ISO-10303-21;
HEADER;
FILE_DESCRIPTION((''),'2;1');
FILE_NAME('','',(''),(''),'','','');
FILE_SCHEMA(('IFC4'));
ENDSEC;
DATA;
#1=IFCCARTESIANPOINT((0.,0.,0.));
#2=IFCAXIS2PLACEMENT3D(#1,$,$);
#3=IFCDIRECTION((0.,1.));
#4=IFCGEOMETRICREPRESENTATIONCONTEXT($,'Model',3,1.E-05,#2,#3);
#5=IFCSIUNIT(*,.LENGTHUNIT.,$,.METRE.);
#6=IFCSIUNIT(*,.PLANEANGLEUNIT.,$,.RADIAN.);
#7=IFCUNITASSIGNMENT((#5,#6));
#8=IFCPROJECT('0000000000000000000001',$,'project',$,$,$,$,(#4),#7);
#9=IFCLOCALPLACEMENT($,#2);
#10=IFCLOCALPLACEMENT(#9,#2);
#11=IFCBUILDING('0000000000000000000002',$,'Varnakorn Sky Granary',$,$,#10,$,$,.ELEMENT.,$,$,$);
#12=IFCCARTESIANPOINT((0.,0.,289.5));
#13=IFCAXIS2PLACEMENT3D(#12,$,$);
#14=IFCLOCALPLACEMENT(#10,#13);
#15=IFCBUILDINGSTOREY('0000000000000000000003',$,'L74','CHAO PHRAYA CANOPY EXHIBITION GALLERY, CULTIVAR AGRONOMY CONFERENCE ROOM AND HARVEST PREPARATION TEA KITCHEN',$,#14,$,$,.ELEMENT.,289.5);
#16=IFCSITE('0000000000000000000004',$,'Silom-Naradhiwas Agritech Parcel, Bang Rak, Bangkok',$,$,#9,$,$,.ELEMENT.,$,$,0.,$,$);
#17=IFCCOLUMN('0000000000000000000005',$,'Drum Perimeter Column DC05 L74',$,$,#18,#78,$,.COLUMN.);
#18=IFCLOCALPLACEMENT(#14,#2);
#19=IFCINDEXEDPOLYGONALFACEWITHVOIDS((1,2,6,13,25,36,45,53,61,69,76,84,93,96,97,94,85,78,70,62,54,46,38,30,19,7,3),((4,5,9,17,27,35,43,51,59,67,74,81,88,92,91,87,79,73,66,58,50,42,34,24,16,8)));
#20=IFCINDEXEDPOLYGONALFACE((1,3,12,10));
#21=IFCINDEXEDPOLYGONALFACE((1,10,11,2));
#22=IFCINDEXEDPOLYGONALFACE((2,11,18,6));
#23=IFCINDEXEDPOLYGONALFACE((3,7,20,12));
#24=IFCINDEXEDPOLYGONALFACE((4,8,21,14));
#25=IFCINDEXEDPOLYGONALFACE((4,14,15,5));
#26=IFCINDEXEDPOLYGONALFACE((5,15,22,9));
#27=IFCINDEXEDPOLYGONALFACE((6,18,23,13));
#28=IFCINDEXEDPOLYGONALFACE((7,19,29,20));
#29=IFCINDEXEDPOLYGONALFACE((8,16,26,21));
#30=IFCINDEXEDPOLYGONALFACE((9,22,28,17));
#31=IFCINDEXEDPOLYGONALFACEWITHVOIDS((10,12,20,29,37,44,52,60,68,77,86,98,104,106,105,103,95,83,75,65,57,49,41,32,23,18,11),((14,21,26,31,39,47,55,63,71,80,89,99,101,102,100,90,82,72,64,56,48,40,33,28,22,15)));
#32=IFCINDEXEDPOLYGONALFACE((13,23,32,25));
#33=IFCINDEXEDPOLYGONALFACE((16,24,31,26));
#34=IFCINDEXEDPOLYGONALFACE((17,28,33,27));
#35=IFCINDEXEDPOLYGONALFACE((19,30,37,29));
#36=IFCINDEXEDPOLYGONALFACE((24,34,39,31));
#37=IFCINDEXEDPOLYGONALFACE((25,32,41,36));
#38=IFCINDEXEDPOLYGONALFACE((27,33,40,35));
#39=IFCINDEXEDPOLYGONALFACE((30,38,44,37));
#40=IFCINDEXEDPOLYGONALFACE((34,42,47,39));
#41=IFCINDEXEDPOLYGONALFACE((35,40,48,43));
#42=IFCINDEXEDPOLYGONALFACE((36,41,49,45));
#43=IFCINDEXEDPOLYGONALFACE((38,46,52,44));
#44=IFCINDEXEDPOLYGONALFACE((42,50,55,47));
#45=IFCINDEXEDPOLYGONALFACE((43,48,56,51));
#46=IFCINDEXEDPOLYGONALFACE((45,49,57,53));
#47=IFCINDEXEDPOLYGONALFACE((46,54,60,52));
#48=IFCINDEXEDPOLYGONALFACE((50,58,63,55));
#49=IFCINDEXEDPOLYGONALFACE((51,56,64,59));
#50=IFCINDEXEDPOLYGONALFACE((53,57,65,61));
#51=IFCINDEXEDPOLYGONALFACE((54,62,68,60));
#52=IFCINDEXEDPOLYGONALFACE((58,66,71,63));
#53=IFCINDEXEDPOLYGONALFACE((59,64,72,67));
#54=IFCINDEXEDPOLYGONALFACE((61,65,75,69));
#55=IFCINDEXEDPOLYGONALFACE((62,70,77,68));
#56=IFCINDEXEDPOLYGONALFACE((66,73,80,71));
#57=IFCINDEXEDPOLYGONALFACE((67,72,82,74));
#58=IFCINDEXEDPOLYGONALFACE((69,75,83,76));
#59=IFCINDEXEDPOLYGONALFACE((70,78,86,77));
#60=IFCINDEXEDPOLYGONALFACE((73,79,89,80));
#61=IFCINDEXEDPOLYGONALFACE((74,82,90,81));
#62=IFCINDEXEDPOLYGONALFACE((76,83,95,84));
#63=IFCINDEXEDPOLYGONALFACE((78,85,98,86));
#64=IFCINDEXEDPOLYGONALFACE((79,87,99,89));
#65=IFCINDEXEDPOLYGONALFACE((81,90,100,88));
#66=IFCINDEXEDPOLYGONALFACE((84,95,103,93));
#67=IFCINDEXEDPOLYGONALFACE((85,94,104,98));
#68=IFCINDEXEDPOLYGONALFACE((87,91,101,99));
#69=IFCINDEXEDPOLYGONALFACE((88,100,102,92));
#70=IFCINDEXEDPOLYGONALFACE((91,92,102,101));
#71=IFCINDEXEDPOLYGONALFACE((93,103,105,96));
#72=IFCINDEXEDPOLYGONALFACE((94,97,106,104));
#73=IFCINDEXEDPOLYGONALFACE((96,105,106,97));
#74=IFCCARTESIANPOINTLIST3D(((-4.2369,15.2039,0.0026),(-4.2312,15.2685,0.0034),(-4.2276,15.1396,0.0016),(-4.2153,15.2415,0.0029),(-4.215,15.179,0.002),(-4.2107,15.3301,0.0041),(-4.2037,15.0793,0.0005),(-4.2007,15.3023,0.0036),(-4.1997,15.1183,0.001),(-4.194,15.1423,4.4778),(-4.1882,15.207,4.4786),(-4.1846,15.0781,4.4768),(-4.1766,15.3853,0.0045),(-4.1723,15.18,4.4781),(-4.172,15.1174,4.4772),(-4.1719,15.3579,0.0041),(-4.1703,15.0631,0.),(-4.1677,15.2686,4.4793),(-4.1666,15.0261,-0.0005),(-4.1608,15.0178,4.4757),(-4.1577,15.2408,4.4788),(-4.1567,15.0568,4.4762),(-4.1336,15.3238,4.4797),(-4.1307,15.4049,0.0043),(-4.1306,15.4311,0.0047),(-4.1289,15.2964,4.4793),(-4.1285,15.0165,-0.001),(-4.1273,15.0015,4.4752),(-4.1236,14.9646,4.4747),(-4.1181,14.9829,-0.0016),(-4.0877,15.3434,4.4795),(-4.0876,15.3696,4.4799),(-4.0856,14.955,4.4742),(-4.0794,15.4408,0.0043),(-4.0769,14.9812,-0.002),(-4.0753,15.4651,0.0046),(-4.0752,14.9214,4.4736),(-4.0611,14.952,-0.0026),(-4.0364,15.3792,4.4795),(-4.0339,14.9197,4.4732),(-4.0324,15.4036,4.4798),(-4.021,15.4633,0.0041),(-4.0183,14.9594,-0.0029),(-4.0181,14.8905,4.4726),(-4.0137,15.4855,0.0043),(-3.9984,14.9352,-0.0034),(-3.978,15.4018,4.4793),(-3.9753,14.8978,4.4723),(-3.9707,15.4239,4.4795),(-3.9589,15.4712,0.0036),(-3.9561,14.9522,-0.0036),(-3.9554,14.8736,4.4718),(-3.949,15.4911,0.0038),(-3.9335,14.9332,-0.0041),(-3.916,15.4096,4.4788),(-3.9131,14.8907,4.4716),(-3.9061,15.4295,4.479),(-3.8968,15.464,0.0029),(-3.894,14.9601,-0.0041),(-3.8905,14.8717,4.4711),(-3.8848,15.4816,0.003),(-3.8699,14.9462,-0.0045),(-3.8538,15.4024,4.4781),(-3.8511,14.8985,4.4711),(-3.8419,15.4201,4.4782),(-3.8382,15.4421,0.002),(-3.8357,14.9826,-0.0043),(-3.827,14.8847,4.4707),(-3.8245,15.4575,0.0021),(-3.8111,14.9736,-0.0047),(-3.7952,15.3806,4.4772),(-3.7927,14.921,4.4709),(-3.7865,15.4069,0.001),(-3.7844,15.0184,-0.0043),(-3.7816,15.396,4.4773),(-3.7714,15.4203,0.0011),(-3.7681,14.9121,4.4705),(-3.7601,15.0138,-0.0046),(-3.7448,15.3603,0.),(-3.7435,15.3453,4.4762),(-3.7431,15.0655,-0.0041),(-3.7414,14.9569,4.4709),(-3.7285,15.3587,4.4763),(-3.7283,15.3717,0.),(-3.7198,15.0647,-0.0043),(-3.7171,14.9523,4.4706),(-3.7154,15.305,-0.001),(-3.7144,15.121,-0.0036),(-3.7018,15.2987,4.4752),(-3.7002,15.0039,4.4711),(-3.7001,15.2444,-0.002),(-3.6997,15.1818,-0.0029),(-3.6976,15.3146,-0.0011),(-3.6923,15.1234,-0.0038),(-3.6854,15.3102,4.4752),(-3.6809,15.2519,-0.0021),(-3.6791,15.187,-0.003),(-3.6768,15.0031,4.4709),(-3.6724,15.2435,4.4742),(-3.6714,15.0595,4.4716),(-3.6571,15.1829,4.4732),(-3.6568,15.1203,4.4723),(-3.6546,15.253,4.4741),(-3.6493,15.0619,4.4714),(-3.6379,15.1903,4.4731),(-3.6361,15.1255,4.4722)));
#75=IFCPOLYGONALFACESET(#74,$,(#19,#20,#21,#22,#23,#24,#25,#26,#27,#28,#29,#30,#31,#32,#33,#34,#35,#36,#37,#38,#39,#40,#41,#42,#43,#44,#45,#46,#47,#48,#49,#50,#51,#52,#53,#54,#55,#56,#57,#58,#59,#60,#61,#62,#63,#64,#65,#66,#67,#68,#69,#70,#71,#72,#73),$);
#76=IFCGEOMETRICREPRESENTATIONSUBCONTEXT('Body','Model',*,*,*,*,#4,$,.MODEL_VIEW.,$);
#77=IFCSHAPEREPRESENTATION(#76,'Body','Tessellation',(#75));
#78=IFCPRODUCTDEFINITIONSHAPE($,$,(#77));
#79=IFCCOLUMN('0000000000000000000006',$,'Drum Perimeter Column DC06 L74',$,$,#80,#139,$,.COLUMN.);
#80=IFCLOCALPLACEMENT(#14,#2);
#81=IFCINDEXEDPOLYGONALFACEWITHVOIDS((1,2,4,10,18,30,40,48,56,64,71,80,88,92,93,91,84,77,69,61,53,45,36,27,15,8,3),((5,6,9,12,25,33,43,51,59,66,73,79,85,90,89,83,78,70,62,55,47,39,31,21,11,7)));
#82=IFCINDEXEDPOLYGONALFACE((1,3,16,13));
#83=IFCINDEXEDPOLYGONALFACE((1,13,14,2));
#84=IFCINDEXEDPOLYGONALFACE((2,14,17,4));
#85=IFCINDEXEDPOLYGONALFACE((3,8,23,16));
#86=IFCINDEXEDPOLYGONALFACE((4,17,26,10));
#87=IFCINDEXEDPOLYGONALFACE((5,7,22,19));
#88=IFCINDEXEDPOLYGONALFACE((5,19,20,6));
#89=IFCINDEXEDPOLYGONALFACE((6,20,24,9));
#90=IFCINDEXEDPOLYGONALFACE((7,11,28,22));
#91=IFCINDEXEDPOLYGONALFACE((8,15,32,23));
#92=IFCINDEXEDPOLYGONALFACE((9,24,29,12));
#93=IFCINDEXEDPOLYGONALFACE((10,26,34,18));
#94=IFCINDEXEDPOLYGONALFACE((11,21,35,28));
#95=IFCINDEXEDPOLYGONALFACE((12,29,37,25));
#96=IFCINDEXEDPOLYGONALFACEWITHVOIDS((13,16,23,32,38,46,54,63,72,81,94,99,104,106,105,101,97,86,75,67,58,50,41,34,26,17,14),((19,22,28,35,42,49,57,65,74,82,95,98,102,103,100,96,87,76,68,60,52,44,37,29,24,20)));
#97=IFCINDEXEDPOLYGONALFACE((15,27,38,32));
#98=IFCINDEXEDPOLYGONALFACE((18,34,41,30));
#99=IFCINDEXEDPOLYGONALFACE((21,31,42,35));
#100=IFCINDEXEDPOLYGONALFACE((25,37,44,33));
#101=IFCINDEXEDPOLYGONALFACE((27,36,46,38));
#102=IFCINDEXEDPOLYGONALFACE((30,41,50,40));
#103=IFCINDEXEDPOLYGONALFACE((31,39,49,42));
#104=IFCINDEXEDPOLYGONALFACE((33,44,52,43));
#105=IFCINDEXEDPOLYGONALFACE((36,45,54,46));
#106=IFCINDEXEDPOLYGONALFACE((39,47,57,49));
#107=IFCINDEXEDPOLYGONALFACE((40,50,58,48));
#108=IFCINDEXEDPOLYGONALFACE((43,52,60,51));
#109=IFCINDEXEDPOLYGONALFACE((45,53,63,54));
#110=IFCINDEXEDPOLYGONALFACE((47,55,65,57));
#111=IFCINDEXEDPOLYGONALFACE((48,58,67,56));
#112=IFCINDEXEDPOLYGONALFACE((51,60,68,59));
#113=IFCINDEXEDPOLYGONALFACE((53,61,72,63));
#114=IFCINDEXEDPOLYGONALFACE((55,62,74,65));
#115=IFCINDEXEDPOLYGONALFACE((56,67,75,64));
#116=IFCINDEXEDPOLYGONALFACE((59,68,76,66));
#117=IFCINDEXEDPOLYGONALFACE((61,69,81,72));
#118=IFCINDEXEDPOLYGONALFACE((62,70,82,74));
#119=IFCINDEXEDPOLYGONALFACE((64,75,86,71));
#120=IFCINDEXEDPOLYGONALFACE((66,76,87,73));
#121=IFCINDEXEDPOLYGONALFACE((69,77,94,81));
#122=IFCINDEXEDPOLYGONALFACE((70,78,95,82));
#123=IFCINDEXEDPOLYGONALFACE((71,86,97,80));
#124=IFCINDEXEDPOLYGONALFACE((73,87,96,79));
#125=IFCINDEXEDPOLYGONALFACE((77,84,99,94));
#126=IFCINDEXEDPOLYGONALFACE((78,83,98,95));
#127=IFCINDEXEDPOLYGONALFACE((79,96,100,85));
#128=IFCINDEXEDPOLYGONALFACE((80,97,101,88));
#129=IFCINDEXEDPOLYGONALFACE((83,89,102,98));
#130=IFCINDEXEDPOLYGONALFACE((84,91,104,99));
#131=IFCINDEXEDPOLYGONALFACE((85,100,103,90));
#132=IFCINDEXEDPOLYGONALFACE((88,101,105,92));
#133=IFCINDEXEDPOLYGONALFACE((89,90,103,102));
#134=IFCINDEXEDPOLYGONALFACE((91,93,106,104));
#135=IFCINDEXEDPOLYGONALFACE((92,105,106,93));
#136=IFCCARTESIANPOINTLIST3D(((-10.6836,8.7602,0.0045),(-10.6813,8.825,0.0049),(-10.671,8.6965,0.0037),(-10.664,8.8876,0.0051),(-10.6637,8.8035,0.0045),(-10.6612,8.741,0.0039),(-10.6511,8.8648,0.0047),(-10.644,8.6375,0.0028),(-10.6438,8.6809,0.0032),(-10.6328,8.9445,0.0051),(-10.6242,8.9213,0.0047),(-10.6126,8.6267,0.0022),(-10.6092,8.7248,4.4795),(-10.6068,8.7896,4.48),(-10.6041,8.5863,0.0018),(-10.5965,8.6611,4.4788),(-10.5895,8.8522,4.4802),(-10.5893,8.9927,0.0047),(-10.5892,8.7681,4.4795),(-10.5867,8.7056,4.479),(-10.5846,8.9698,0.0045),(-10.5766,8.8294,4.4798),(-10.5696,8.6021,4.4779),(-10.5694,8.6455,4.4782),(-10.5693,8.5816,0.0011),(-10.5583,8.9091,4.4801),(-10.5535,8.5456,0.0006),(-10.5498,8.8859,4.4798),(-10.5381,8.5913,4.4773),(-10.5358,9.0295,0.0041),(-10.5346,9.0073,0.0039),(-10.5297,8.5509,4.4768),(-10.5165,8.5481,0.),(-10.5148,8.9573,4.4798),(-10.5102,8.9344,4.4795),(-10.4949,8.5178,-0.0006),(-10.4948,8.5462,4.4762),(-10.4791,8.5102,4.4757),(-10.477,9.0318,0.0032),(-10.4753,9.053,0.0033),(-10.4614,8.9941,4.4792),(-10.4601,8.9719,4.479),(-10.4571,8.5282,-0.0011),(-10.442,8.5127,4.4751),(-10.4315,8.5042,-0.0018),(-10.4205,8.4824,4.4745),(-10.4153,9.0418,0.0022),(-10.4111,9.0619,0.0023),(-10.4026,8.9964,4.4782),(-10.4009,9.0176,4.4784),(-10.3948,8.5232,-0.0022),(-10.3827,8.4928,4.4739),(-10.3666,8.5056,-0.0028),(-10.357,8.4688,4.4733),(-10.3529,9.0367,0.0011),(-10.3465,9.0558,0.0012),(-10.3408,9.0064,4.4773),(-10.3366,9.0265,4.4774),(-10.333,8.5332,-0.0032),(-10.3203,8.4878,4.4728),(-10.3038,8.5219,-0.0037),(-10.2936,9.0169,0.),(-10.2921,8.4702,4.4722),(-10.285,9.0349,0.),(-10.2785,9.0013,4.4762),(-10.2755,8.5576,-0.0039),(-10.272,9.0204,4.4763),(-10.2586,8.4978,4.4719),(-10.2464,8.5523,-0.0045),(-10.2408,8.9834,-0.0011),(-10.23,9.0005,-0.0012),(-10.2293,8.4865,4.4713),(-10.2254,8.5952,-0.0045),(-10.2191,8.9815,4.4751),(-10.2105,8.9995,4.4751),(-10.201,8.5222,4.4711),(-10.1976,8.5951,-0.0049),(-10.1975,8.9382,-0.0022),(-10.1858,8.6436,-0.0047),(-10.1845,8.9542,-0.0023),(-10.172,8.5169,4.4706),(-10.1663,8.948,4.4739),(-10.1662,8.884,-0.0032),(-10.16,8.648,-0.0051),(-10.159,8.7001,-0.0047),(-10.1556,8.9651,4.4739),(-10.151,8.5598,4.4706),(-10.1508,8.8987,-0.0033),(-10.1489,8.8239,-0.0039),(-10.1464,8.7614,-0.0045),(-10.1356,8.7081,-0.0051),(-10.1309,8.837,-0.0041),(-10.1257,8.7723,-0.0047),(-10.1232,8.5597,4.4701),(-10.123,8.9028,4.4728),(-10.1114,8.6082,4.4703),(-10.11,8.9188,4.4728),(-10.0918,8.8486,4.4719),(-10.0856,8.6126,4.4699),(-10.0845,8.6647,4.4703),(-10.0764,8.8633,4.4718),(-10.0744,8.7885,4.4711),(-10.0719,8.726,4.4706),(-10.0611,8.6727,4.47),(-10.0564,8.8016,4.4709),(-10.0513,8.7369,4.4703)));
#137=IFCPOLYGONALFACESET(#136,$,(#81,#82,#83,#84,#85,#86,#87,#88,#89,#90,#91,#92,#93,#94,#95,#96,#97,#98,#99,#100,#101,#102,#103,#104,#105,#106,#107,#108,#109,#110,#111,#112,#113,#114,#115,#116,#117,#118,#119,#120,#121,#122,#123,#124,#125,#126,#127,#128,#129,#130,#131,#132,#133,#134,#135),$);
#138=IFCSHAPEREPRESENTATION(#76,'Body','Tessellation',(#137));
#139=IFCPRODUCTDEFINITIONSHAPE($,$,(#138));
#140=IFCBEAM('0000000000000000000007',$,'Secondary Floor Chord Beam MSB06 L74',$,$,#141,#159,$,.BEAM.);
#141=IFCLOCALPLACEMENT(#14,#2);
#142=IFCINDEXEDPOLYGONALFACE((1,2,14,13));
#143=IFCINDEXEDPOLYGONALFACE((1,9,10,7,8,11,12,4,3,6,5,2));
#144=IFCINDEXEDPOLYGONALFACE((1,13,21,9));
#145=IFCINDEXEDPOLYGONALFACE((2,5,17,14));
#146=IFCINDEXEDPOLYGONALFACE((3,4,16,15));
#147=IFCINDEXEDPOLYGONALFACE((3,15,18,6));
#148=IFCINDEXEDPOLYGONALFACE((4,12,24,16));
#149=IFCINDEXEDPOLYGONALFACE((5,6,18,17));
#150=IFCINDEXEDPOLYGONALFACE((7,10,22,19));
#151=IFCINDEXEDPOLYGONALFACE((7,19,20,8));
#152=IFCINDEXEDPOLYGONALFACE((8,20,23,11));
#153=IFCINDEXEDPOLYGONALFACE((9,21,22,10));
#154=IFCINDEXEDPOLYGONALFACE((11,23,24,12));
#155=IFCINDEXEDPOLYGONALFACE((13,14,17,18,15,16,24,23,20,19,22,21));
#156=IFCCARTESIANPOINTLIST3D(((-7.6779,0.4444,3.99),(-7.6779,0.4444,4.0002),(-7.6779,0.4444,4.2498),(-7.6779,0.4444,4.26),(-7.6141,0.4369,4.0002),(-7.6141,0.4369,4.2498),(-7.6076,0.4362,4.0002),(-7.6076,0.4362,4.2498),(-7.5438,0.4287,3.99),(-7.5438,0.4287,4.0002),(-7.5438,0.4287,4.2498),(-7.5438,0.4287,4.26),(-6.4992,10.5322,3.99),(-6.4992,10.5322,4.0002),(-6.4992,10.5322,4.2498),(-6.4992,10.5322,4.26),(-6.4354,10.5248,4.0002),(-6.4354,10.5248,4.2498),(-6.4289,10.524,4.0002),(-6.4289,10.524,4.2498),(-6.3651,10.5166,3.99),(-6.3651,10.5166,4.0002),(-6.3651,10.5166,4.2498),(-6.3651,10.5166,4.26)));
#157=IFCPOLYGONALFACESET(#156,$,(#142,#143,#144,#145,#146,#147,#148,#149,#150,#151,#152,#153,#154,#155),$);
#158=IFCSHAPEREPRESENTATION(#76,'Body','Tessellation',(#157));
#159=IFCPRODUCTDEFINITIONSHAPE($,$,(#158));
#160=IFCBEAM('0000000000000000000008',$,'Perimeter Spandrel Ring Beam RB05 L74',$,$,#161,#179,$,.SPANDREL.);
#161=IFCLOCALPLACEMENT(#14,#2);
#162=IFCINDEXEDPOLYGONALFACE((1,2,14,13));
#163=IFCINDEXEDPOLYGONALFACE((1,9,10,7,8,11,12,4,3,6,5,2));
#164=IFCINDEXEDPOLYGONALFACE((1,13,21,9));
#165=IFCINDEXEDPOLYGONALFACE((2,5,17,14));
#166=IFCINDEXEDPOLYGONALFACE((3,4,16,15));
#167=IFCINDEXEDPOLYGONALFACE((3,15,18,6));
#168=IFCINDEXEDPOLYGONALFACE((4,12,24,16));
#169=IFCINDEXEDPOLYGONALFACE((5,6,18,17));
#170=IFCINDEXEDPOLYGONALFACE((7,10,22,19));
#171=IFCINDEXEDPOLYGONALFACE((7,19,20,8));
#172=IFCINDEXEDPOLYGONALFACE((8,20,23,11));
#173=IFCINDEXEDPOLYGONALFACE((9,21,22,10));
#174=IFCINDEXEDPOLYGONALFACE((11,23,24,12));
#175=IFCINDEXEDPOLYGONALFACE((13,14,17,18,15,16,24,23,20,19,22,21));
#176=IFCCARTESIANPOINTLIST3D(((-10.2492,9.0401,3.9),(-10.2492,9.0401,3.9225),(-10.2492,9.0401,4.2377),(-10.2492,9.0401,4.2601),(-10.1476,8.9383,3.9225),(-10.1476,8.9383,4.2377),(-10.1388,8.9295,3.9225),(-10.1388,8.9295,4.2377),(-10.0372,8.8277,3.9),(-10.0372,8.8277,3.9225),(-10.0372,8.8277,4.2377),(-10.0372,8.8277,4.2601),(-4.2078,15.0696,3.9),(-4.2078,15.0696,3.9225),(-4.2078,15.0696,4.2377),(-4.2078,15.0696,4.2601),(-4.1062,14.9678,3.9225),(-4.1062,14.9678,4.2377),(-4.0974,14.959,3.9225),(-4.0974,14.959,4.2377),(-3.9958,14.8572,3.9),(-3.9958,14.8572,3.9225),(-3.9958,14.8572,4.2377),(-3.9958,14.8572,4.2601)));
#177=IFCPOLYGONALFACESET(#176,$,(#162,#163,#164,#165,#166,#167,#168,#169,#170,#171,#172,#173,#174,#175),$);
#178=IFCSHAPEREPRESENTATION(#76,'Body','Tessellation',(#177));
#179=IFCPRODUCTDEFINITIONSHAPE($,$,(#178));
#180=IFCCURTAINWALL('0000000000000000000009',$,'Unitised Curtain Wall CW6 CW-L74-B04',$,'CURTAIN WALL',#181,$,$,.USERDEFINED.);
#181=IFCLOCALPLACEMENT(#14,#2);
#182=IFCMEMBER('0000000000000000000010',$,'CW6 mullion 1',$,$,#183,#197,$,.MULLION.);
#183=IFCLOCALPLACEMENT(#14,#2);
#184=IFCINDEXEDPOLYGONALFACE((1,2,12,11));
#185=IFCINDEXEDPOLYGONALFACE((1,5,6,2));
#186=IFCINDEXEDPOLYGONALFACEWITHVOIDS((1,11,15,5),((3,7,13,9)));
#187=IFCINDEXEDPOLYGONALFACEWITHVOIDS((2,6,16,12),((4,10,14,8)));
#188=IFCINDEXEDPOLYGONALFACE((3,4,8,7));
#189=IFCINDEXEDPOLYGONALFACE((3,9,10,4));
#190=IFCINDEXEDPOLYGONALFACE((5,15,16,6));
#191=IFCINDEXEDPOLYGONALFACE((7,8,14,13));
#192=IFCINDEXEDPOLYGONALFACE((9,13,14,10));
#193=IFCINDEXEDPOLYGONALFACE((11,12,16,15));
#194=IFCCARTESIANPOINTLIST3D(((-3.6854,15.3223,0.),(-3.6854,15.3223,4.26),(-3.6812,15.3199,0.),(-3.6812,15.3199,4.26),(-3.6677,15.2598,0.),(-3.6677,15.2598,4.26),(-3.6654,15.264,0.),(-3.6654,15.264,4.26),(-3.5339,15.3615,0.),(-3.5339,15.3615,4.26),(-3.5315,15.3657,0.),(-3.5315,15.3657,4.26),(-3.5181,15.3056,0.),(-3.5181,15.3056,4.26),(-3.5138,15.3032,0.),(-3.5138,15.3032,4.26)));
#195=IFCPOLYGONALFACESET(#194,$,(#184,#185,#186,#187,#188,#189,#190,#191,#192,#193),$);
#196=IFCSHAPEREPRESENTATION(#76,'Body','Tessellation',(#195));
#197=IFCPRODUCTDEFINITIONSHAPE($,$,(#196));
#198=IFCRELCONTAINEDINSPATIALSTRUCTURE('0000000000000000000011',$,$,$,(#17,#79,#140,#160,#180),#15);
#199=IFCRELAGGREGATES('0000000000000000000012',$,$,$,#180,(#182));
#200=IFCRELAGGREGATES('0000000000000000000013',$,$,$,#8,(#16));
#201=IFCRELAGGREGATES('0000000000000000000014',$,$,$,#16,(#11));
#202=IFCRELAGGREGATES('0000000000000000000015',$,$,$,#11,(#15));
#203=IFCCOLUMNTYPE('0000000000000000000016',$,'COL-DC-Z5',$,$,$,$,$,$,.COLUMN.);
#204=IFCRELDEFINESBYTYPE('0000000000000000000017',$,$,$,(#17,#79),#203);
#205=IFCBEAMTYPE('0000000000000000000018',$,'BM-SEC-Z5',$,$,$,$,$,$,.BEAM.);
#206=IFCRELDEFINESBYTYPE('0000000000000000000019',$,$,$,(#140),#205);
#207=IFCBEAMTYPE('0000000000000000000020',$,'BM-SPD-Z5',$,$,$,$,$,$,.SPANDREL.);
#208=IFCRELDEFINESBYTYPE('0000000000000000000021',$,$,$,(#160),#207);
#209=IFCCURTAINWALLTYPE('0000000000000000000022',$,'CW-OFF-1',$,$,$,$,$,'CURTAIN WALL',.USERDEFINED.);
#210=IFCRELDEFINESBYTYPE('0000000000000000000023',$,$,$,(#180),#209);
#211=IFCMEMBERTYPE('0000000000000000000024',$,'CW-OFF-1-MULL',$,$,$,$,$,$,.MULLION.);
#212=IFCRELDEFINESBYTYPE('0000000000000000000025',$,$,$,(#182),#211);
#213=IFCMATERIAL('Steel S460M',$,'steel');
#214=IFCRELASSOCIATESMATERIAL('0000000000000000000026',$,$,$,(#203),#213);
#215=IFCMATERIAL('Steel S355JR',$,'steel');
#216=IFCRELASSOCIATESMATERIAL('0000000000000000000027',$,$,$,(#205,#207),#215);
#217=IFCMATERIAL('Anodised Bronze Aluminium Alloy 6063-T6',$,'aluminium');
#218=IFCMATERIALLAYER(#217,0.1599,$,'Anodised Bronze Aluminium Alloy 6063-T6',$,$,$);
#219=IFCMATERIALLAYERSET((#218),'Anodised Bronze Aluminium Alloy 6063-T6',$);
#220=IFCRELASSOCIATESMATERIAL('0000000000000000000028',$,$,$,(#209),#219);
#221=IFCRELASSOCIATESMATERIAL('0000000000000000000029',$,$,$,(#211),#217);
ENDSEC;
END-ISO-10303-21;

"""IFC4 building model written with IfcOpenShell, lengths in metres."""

from ifc_helpers import new_model, si_unit, direction, frame, origin, origin_2d, place, context, subcontext, project, spatial, hollow_rectangle, hollow_circle, i_section, extrude, material, layer, layer_set, material_profile, profile_set, type_object, element, aggregate, save


model = new_model("IFC4")

# Units and contexts
model_context = context("Model", 3, precision=1e-05, world=origin(), true_north=direction((0.0, 1.0)))
body_context = subcontext(model_context, "Body", "Model", "MODEL_VIEW")
ifc_project = project(units=[si_unit("LENGTHUNIT", "METRE"), si_unit("PLANEANGLEUNIT", "RADIAN")], contexts=[model_context])

# Site, building, storey
site_placement = place(None, origin())
site = spatial("IfcSite", under=ifc_project, at=site_placement, Name="Silom-Naradhiwas Agritech Parcel, Bang Rak, Bangkok", CompositionType="ELEMENT", RefElevation=0.0)
building_placement = place(site_placement, origin())
building = spatial("IfcBuilding", under=site, at=building_placement, Name="Varnakorn Sky Granary", CompositionType="ELEMENT")
storey_placement = place(building_placement, frame((0.0, 0.0, 289.5)))
storey = spatial("IfcBuildingStorey", under=building, at=storey_placement, Name="L74", Description="CHAO PHRAYA CANOPY EXHIBITION GALLERY, CULTIVAR AGRONOMY CONFERENCE ROOM AND HARVEST PREPARATION TEA KITCHEN", CompositionType="ELEMENT", Elevation=289.5)

# Columns
ifc_material_1 = material(Name="Steel S460M", Category="steel")
ifc_material_profile_1 = material_profile(ifc_material_1, hollow_circle(Radius=0.2795, WallThickness=0.02, at=origin_2d()), Name="CHS 559x20")
ifc_profile_set_1 = profile_set([ifc_material_profile_1], Name="Steel S460M")
column_type = type_object("IfcColumnType", Name="COL-DC-Z5", PredefinedType="COLUMN", material=ifc_profile_set_1)
for number, where, z_axis, x_axis, name in (
    (1, (-3.9575, 15.2117, 0.0), (0.0096, -0.013746, 0.999859), (0.819843, 0.572589, 0.0), "Drum Perimeter Column DC05 L74"),
    (2, (-10.405, 8.7825, 0.0), (0.016637, -0.007909, 0.99983), (0.429359, 0.903134, 0.0), "Drum Perimeter Column DC06 L74"),
):
    element("IfcColumn", number, at=place(storey_placement, frame(where, z_axis=z_axis, x_axis=x_axis)), inside=storey, type_object=column_type, Name=name, PredefinedType="COLUMN", context=body_context, shape_type="SweptSolid", body=[
        extrude(hollow_circle(Radius=0.2795, WallThickness=0.02, at=origin_2d()), origin(), (0.0, 0.0, 1.0), 4.4758),
    ])

# Beams
ifc_material_2 = material(Name="Steel S355JR", Category="steel")
ifc_material_profile_2 = material_profile(ifc_material_2, i_section(OverallWidth=0.135, OverallDepth=0.27, WebThickness=0.0066, FlangeThickness=0.0103, at=origin_2d()), Name="IPE 270")
ifc_profile_set_2 = profile_set([ifc_material_profile_2], Name="Steel S355JR")
beam_type_1 = type_object("IfcBeamType", Name="BM-SEC-Z5", PredefinedType="BEAM", material=ifc_profile_set_2)
beam_1_placement = place(storey_placement, frame((-6.4321, 10.5244, 4.125), z_axis=(-0.116055, -0.993243, 0.0), x_axis=(0.993243, -0.116055, 0.0)))
element("IfcBeam", 3, at=beam_1_placement, inside=storey, type_object=beam_type_1, Name="Secondary Floor Chord Beam MSB06 L74", PredefinedType="BEAM", context=body_context, shape_type="SweptSolid", body=[
    extrude(i_section(OverallWidth=0.135, OverallDepth=0.27, WebThickness=0.0066, FlangeThickness=0.0103, at=origin_2d()), origin(), (0.0, 0.0, 1.0), 10.1565),
])
ifc_material_profile_3 = material_profile(ifc_material_2, i_section(OverallWidth=0.3, OverallDepth=0.3601, WebThickness=0.0125, FlangeThickness=0.0225, at=origin_2d()), Name="HE 360 B")
ifc_profile_set_3 = profile_set([ifc_material_profile_3], Name="Steel S355JR")
beam_type_2 = type_object("IfcBeamType", Name="BM-SPD-Z5", PredefinedType="SPANDREL", material=ifc_profile_set_3)
beam_2_placement = place(storey_placement, frame((-4.1018, 14.9634, 4.0801), z_axis=(-0.707807, -0.706406, 0.0), x_axis=(0.706406, -0.707807, 0.0)))
element("IfcBeam", 4, at=beam_2_placement, inside=storey, type_object=beam_type_2, Name="Perimeter Spandrel Ring Beam RB05 L74", PredefinedType="SPANDREL", context=body_context, shape_type="SweptSolid", body=[
    extrude(i_section(OverallWidth=0.3, OverallDepth=0.3601, WebThickness=0.0125, FlangeThickness=0.0225, at=origin_2d()), origin(), (0.0, 0.0, 1.0), 8.5354),
])

# Curtain wall, member
ifc_material_3 = material(Name="Anodised Bronze Aluminium Alloy 6063-T6", Category="aluminium")
ifc_layer_1 = layer(ifc_material_3, 0.1599, Name="Anodised Bronze Aluminium Alloy 6063-T6")
ifc_layer_set_1 = layer_set([ifc_layer_1], Name="Anodised Bronze Aluminium Alloy 6063-T6")
curtain_wall_type = type_object("IfcCurtainWallType", Name="CW-OFF-1", ElementType="CURTAIN WALL", PredefinedType="USERDEFINED", material=ifc_layer_set_1)
curtain_wall_1_placement = place(storey_placement, origin())
curtain_wall_1 = element("IfcCurtainWall", 5, at=curtain_wall_1_placement, inside=storey, type_object=curtain_wall_type, Name="Unitised Curtain Wall CW6 CW-L74-B04", ObjectType="CURTAIN WALL", PredefinedType="USERDEFINED")
ifc_material_profile_4 = material_profile(ifc_material_3, hollow_rectangle(XDim=0.0649, YDim=0.1599, WallThickness=0.0034, at=origin_2d()), Name="ALU MULL 65x160")
ifc_profile_set_4 = profile_set([ifc_material_profile_4], Name="Anodised Bronze Aluminium Alloy 6063-T6")
member_type_1 = type_object("IfcMemberType", Name="CW-OFF-1-MULL", PredefinedType="MULLION", material=ifc_profile_set_4)
member_1_placement = place(storey_placement, frame((-3.5996, 15.3127, 0.0), z_axis=(0.0, 0.0, 1.0), x_axis=(-0.271878, 0.962332, 0.0)))
member_1 = element("IfcMember", 6, at=member_1_placement, type_object=member_type_1, Name="CW6 mullion 1", PredefinedType="MULLION", context=body_context, shape_type="SweptSolid", body=[
    extrude(hollow_rectangle(XDim=0.0649, YDim=0.1599, WallThickness=0.0034, at=origin_2d()), origin(), (0.0, 0.0, 1.0), 4.26),
])

aggregate(curtain_wall_1, [member_1])

save(model, "model.ifc")
